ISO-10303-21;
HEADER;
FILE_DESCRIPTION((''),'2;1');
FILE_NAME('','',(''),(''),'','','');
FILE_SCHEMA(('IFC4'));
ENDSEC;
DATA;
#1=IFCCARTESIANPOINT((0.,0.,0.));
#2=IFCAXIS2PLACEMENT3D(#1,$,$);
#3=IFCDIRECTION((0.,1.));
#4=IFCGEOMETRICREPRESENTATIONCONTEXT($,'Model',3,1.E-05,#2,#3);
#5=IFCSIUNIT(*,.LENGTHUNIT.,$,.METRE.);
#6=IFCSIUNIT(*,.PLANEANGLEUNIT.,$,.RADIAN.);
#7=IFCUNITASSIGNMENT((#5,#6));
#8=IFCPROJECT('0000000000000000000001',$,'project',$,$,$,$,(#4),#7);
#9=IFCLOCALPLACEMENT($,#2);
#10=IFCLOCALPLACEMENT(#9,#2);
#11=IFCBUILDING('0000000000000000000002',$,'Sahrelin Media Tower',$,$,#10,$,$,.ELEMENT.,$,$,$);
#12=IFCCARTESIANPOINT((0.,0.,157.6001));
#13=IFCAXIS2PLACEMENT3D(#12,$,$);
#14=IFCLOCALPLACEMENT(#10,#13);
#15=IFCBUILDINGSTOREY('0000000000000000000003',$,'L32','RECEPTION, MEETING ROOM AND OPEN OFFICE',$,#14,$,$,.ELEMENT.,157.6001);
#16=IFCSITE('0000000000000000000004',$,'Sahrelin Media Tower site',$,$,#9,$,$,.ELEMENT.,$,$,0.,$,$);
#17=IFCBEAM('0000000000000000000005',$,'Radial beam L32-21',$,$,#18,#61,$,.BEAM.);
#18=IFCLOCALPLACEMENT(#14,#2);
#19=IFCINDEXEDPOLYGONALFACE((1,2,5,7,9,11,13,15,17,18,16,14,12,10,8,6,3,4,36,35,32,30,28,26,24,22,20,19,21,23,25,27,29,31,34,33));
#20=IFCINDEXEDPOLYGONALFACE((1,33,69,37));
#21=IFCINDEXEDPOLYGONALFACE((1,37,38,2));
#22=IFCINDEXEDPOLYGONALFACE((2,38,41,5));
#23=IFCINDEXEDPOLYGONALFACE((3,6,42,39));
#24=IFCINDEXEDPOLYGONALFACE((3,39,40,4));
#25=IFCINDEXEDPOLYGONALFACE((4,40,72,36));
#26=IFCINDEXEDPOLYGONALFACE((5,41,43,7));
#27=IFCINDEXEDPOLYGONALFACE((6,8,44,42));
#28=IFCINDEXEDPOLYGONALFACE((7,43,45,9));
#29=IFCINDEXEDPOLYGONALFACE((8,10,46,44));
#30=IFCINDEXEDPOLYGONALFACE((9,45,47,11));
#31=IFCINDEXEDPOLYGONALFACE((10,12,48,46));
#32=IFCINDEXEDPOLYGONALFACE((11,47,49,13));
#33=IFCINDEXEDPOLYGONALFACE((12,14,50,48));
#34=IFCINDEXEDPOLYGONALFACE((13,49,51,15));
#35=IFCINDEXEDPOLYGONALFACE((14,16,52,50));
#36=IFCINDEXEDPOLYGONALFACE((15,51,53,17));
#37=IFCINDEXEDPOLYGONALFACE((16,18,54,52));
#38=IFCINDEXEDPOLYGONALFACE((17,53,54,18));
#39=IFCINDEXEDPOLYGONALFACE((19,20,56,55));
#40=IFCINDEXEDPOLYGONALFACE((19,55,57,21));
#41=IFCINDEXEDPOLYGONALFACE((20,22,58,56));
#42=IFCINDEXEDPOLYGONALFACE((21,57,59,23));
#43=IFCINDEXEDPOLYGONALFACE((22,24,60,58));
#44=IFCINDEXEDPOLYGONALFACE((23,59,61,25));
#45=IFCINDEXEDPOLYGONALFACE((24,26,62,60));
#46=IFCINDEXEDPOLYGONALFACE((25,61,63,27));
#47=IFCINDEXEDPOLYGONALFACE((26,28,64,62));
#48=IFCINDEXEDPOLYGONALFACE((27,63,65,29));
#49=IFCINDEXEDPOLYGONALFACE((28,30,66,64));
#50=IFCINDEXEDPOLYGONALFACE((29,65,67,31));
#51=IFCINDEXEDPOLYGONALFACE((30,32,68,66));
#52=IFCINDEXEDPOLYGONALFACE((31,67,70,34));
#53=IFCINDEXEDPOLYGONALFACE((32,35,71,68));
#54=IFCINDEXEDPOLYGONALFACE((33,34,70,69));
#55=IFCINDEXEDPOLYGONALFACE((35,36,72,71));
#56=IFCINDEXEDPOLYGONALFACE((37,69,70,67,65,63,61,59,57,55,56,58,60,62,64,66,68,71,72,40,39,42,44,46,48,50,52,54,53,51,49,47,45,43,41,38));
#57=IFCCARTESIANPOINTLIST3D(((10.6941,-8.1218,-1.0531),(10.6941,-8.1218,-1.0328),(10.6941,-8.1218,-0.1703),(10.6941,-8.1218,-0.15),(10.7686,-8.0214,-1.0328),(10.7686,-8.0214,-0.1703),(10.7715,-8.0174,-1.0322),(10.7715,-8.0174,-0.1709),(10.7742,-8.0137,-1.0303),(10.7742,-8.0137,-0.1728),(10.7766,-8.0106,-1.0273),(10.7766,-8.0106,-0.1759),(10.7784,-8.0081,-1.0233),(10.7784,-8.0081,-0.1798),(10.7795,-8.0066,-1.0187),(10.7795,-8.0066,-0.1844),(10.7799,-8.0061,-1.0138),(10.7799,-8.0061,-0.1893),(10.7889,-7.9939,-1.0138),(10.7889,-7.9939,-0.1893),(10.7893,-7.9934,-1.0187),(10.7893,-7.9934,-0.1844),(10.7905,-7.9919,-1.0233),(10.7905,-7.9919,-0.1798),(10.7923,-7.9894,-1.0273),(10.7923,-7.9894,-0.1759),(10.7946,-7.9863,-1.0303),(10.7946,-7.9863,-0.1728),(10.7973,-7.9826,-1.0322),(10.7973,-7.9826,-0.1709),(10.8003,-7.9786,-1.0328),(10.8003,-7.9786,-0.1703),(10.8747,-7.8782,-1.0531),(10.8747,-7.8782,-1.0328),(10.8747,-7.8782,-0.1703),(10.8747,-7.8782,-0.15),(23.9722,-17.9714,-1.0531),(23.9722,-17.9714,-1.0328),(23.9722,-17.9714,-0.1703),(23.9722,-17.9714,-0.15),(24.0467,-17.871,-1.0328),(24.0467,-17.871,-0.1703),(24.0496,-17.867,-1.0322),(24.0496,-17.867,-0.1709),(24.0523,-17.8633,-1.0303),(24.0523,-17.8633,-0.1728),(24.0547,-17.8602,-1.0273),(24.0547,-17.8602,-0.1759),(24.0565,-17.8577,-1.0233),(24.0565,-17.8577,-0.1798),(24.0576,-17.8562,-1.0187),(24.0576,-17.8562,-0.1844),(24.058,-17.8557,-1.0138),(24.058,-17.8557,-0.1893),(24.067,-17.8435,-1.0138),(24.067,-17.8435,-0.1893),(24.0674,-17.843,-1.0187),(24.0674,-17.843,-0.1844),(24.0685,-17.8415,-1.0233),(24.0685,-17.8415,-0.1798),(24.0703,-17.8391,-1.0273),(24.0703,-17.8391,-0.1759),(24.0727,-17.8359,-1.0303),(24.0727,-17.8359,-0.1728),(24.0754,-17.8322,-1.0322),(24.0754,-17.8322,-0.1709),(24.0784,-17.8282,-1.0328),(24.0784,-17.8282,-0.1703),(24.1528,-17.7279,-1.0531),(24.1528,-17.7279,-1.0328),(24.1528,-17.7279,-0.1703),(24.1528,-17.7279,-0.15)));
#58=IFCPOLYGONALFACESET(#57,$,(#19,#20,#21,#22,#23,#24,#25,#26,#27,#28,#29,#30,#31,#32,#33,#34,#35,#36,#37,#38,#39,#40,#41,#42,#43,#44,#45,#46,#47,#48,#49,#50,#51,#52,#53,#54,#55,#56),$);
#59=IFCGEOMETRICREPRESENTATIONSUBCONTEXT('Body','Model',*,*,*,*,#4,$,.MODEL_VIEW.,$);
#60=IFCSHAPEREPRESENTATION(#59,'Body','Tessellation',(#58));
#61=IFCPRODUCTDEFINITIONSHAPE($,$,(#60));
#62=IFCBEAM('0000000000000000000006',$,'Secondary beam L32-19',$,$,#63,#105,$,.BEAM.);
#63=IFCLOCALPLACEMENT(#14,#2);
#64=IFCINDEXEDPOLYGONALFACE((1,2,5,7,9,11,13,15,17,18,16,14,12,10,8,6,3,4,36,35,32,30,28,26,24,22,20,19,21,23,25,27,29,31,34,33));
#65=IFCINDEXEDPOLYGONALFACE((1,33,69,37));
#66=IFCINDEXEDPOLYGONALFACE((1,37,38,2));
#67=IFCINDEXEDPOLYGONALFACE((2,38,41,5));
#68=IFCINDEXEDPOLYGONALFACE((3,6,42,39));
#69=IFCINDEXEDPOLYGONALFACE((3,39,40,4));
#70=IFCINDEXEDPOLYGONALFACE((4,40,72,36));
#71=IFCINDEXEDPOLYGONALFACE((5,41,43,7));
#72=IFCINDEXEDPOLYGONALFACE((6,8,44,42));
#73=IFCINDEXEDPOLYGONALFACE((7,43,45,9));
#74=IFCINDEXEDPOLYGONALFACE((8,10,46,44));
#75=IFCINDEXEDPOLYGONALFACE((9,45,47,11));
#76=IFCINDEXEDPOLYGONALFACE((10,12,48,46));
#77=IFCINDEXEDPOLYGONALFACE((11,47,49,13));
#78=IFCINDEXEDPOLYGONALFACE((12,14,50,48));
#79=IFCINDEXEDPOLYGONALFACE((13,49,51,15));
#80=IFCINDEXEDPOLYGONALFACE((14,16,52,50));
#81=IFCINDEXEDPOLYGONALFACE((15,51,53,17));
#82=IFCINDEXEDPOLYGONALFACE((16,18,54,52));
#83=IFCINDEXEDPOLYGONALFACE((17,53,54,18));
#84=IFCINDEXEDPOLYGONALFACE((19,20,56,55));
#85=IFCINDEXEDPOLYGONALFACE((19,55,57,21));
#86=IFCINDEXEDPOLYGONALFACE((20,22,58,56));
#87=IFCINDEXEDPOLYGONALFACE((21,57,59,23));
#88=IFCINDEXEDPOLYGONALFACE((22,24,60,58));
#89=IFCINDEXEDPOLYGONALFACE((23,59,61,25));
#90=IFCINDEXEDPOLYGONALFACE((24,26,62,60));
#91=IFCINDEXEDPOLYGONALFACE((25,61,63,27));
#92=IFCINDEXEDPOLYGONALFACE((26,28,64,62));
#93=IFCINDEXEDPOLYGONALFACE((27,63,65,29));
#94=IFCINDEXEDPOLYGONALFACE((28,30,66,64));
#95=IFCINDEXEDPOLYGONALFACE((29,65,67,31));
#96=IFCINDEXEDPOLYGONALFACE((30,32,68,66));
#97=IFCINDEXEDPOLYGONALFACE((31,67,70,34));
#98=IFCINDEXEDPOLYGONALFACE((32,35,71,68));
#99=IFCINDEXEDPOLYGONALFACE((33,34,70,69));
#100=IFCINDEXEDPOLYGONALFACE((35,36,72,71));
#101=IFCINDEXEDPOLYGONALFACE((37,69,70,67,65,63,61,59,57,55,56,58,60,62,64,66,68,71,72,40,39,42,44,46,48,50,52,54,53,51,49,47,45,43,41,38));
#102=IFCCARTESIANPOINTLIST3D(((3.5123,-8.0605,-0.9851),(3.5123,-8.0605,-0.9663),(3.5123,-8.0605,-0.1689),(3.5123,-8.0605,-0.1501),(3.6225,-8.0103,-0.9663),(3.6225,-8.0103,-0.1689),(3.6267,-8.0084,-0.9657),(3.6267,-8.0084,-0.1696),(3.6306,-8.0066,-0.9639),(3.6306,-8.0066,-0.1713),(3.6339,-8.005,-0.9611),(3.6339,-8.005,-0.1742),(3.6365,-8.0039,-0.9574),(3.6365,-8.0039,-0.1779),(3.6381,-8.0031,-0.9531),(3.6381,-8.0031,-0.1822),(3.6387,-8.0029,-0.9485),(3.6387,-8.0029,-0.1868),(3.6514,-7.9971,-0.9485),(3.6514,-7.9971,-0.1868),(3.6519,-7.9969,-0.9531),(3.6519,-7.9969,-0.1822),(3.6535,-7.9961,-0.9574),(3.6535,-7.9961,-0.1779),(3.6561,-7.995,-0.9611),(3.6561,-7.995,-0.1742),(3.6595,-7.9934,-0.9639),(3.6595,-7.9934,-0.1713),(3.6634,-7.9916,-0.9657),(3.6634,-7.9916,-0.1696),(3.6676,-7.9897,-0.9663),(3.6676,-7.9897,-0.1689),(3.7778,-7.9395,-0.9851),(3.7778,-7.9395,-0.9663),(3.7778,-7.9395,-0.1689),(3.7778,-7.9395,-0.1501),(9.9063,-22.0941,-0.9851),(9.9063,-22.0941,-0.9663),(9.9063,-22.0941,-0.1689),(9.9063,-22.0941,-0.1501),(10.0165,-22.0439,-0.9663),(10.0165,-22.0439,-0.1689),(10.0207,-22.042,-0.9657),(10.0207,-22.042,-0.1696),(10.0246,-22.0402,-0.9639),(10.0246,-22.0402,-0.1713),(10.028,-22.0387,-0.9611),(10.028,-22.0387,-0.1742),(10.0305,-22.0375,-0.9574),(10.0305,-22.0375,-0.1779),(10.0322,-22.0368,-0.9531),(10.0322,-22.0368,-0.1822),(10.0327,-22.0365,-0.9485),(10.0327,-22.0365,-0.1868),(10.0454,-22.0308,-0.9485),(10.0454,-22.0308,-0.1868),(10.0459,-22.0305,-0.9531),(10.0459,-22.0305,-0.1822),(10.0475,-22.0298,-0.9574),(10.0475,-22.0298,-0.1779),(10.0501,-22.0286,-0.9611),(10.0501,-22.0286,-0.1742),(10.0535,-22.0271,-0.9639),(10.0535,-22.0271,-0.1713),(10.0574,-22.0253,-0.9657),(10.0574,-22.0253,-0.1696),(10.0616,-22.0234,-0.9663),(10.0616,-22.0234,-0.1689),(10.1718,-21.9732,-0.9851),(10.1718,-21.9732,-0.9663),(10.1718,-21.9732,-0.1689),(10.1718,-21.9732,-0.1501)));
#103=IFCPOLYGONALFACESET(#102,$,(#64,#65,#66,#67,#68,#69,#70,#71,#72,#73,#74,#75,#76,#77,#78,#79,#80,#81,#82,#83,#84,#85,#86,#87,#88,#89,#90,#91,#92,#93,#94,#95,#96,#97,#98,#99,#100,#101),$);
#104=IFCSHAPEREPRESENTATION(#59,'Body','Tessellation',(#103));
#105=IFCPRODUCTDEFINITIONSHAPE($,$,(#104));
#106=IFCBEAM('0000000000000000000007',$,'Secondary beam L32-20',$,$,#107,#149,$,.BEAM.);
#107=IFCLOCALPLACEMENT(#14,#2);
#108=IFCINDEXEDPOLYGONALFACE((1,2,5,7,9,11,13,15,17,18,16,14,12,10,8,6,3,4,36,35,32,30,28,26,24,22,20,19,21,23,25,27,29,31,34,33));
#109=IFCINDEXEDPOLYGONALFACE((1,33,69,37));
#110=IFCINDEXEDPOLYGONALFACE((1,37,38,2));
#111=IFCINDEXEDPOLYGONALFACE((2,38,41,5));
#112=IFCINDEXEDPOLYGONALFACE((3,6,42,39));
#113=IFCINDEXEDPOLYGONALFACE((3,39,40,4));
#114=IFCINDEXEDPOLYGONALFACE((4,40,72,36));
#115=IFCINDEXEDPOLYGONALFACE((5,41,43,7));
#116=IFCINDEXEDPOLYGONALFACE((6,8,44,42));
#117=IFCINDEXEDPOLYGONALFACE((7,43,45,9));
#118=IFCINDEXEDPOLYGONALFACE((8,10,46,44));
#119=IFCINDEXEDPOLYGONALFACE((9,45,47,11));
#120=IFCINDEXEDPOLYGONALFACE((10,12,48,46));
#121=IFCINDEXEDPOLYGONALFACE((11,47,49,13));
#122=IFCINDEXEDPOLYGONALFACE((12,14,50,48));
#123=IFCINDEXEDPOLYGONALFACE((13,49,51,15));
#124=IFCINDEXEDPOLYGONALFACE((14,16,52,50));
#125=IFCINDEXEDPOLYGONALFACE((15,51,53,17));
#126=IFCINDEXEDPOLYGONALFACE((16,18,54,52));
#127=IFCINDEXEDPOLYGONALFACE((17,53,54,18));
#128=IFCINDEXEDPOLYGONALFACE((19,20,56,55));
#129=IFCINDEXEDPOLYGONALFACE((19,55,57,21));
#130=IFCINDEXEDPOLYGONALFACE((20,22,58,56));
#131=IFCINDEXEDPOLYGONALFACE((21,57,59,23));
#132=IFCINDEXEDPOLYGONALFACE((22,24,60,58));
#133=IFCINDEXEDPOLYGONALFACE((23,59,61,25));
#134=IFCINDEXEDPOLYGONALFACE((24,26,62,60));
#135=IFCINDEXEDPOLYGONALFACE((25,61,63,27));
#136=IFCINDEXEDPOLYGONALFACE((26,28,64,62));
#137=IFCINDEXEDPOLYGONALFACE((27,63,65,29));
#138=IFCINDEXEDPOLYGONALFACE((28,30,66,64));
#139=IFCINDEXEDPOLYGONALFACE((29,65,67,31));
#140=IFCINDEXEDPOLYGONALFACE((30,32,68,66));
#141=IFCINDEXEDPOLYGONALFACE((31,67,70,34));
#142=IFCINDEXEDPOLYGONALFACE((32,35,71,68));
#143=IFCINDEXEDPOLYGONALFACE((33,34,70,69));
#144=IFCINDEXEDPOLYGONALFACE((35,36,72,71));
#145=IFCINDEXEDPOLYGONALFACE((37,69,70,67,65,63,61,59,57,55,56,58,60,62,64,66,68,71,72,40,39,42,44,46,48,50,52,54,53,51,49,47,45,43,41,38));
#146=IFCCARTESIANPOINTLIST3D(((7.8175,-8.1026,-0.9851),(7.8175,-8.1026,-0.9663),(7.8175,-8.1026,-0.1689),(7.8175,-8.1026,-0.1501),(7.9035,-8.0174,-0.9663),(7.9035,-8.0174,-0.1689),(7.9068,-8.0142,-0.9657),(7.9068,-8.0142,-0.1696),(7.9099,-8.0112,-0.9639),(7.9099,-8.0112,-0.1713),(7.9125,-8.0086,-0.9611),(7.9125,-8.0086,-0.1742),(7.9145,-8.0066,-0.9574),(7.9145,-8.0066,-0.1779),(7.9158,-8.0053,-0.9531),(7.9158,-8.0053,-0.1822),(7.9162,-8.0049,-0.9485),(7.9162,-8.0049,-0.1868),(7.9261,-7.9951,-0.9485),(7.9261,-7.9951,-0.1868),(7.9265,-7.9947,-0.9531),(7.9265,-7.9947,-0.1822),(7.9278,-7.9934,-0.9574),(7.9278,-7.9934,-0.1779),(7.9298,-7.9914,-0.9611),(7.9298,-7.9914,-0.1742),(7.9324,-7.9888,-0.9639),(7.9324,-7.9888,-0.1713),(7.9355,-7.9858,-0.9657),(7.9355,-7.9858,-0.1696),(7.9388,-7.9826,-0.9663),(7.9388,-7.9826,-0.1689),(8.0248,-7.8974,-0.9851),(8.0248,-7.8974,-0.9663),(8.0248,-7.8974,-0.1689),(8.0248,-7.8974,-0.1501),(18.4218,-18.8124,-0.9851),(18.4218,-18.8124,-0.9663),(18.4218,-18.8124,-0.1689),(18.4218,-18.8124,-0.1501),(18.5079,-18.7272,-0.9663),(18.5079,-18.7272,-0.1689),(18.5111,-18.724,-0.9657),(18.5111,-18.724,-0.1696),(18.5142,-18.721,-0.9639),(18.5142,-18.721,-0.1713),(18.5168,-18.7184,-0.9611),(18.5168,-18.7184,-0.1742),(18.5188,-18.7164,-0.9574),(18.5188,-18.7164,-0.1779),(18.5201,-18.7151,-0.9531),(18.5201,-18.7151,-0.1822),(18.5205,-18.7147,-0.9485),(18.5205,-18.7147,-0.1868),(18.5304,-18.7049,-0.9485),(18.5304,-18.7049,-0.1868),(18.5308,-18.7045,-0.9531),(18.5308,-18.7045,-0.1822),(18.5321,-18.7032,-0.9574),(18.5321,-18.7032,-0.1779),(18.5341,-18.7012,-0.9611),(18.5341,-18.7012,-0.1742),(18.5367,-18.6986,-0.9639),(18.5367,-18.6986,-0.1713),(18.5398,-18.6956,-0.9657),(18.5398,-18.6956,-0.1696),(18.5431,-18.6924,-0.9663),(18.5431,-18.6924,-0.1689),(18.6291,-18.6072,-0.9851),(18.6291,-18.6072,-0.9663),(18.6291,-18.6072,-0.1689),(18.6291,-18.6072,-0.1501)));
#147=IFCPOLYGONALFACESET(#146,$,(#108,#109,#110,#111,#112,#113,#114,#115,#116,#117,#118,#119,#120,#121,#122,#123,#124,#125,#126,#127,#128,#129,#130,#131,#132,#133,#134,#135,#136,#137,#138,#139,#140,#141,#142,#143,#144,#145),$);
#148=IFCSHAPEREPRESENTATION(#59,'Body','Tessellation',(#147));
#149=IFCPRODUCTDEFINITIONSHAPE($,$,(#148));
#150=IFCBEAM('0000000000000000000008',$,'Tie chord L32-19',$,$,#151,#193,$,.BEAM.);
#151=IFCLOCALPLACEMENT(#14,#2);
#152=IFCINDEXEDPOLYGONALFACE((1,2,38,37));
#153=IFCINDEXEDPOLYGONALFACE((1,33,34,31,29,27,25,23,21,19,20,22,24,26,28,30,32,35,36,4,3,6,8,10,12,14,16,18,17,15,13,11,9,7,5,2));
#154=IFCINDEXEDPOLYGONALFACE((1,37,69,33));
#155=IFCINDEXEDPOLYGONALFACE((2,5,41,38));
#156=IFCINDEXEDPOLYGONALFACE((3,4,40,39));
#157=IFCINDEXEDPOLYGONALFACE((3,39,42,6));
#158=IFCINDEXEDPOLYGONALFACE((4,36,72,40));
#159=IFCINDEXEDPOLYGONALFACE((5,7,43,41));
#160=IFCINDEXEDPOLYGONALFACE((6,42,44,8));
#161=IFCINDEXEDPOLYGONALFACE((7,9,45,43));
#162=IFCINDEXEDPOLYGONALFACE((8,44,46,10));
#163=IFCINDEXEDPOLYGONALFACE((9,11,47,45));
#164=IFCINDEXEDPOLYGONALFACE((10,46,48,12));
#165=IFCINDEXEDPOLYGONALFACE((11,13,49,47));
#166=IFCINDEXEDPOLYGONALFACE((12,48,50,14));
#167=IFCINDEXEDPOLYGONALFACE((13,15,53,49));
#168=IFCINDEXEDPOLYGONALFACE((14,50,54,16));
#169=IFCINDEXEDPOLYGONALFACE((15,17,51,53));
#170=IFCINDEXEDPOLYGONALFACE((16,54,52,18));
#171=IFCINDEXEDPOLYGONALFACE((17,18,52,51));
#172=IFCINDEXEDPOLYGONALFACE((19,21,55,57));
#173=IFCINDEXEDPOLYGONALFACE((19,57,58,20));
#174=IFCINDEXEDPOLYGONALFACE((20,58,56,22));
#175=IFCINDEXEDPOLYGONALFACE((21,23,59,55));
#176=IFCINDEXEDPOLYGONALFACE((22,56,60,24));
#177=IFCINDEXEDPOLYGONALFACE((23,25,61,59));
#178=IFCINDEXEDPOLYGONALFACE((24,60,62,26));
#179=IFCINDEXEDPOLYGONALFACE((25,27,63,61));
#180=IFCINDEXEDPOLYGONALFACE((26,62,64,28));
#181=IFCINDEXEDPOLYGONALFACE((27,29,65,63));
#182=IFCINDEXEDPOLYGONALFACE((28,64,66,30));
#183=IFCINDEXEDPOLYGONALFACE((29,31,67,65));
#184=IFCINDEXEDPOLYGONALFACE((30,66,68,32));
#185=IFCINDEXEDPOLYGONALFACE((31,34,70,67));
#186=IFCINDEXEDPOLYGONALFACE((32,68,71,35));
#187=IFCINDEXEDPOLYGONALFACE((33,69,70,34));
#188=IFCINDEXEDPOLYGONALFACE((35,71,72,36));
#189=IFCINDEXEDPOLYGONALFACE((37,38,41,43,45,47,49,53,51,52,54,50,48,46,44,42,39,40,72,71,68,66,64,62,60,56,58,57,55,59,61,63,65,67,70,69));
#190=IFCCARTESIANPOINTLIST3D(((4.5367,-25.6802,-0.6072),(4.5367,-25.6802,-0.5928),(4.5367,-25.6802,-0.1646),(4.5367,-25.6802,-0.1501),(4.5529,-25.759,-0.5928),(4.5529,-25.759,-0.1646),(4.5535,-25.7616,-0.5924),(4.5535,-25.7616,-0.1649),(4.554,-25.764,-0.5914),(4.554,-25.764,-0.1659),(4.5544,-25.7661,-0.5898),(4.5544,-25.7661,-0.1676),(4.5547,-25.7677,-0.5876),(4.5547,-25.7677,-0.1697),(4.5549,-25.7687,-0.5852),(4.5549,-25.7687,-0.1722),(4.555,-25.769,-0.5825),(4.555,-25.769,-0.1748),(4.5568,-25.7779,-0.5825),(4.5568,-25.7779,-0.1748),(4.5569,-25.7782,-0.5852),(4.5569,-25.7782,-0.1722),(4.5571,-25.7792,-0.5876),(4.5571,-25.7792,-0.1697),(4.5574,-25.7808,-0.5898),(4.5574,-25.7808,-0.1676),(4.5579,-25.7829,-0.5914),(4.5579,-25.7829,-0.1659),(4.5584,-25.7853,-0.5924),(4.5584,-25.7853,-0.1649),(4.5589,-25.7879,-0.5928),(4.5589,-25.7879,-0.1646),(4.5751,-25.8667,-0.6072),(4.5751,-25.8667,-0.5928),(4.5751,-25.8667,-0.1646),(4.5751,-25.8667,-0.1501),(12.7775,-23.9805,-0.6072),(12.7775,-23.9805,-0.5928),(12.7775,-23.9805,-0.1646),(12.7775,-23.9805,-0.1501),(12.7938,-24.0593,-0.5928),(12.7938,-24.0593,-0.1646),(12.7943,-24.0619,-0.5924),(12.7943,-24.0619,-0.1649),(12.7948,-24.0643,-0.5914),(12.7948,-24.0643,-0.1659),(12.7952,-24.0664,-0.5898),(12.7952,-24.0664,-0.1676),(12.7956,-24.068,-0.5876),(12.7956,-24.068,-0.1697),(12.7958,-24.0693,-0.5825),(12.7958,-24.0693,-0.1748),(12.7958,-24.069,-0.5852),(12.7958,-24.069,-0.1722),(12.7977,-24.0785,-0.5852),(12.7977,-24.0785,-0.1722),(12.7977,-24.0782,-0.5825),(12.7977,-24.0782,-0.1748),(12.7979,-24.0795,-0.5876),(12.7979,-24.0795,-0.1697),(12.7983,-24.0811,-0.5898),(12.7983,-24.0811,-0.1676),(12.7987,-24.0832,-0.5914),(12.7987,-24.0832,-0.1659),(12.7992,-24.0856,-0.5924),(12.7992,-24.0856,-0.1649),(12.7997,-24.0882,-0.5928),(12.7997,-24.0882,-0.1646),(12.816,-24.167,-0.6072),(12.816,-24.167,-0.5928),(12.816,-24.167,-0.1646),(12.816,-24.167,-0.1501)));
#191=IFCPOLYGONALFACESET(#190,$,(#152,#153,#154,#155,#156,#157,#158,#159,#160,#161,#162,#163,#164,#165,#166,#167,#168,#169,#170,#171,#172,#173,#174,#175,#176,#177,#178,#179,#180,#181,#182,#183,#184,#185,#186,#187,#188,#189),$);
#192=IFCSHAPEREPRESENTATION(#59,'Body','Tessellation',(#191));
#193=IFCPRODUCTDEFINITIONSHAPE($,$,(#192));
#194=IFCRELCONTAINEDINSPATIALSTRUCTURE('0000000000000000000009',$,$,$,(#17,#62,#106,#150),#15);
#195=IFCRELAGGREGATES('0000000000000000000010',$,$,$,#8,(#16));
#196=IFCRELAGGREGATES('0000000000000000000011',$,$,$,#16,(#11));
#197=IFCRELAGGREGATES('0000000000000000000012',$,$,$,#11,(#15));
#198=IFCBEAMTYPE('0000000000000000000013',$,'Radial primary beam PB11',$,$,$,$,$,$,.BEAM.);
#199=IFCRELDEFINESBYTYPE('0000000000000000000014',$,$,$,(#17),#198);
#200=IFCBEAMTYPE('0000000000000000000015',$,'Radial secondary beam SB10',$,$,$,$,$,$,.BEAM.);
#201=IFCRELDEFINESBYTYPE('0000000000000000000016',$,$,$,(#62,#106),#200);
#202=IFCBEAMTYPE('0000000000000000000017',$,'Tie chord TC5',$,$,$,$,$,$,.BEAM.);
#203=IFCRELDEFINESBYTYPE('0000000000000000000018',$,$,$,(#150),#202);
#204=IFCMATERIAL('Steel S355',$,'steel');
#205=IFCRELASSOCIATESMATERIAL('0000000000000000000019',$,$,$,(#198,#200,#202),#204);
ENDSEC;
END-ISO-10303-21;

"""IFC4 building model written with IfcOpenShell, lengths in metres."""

from ifc_helpers import new_model, si_unit, direction, frame, origin, origin_2d, place, context, subcontext, project, spatial, i_section, extrude, material, material_profile, profile_set, type_object, element, save


model = new_model("IFC4")

# Units and contexts
model_context = context("Model", 3, precision=1e-05, world=origin(), true_north=direction((0.0, 1.0)))
body_context = subcontext(model_context, "Body", "Model", "MODEL_VIEW")
ifc_project = project(units=[si_unit("LENGTHUNIT", "METRE"), si_unit("PLANEANGLEUNIT", "RADIAN")], contexts=[model_context])

# Site, building, storey
site_placement = place(None, origin())
site = spatial("IfcSite", under=ifc_project, at=site_placement, Name="Sahrelin Media Tower site", CompositionType="ELEMENT", RefElevation=0.0)
building_placement = place(site_placement, origin())
building = spatial("IfcBuilding", under=site, at=building_placement, Name="Sahrelin Media Tower", CompositionType="ELEMENT")
storey_placement = place(building_placement, frame((0.0, 0.0, 157.6001)))
storey = spatial("IfcBuildingStorey", under=building, at=storey_placement, Name="L32", Description="RECEPTION, MEETING ROOM AND OPEN OFFICE", CompositionType="ELEMENT", Elevation=157.6001)

# Shared definitions
ifc_material_1 = material(Name="Steel S355", Category="steel")

# Beams
ifc_material_profile_1 = material_profile(ifc_material_1, i_section(OverallWidth=0.3032, OverallDepth=0.9031, WebThickness=0.0151, FlangeThickness=0.0203, FilletRadius=0.019, at=origin_2d()), Name="UB 914x305x201")
ifc_profile_set_1 = profile_set([ifc_material_profile_1], Name="Steel S355")
beam_type_1 = type_object("IfcBeamType", Name="Radial primary beam PB11", PredefinedType="BEAM", material=ifc_profile_set_1)
beam_1_placement = place(storey_placement, frame((10.7844, -8.0, -0.6016), z_axis=(0.803152, -0.595774, 0.0), x_axis=(0.595774, 0.803152, 0.0)))
element("IfcBeam", 1, at=beam_1_placement, inside=storey, type_object=beam_type_1, Name="Radial beam L32-21", PredefinedType="BEAM", context=body_context, shape_type="SweptSolid", body=[
    extrude(i_section(OverallWidth=0.3032, OverallDepth=0.9031, WebThickness=0.0151, FlangeThickness=0.0203, FilletRadius=0.019, at=origin_2d()), origin(), (0.0, 0.0, 1.0), 16.5325),
])
ifc_material_profile_2 = material_profile(ifc_material_1, i_section(OverallWidth=0.2917, OverallDepth=0.835, WebThickness=0.0139, FlangeThickness=0.0188, FilletRadius=0.0178, at=origin_2d()), Name="UB 838x292x176")
ifc_profile_set_2 = profile_set([ifc_material_profile_2], Name="Steel S355")
beam_type_2 = type_object("IfcBeamType", Name="Radial secondary beam SB10", PredefinedType="BEAM", material=ifc_profile_set_2)
beam_2_placement = place(storey_placement, frame((3.645, -8.0, -0.5676), z_axis=(0.414614, -0.909997, 0.0), x_axis=(0.909997, 0.414614, 0.0)))
element("IfcBeam", 2, at=beam_2_placement, inside=storey, type_object=beam_type_2, Name="Secondary beam L32-19", PredefinedType="BEAM", context=body_context, shape_type="SweptSolid", body=[
    extrude(i_section(OverallWidth=0.2917, OverallDepth=0.835, WebThickness=0.0139, FlangeThickness=0.0188, FilletRadius=0.0178, at=origin_2d()), origin(), (0.0, 0.0, 1.0), 15.4216),
])
beam_3_placement = place(storey_placement, frame((7.9211, -8.0, -0.5676), z_axis=(0.703599, -0.710597, 0.0), x_axis=(0.710597, 0.703599, 0.0)))
element("IfcBeam", 3, at=beam_3_placement, inside=storey, type_object=beam_type_2, Name="Secondary beam L32-20", PredefinedType="BEAM", context=body_context, shape_type="SweptSolid", body=[
    extrude(i_section(OverallWidth=0.2917, OverallDepth=0.835, WebThickness=0.0139, FlangeThickness=0.0188, FilletRadius=0.0178, at=origin_2d()), origin(), (0.0, 0.0, 1.0), 15.0715),
])
ifc_material_profile_3 = material_profile(ifc_material_1, i_section(OverallWidth=0.1904, OverallDepth=0.457, WebThickness=0.009, FlangeThickness=0.0144, FilletRadius=0.0103, at=origin_2d()), Name="UB 457x191x74")
ifc_profile_set_3 = profile_set([ifc_material_profile_3], Name="Steel S355")
beam_type_3 = type_object("IfcBeamType", Name="Tie chord TC5", PredefinedType="BEAM", material=ifc_profile_set_3)
beam_4_placement = place(storey_placement, frame((4.5559, -25.7734, -0.3787), z_axis=(0.979386, 0.201999, 0.0), x_axis=(-0.201999, 0.979386, 0.0)))
element("IfcBeam", 4, at=beam_4_placement, inside=storey, type_object=beam_type_3, Name="Tie chord L32-19", PredefinedType="BEAM", context=body_context, shape_type="SweptSolid", body=[
    extrude(i_section(OverallWidth=0.1904, OverallDepth=0.457, WebThickness=0.009, FlangeThickness=0.0144, FilletRadius=0.0103, at=origin_2d()), origin(), (0.0, 0.0, 1.0), 8.4143),
])

save(model, "model.ifc")
